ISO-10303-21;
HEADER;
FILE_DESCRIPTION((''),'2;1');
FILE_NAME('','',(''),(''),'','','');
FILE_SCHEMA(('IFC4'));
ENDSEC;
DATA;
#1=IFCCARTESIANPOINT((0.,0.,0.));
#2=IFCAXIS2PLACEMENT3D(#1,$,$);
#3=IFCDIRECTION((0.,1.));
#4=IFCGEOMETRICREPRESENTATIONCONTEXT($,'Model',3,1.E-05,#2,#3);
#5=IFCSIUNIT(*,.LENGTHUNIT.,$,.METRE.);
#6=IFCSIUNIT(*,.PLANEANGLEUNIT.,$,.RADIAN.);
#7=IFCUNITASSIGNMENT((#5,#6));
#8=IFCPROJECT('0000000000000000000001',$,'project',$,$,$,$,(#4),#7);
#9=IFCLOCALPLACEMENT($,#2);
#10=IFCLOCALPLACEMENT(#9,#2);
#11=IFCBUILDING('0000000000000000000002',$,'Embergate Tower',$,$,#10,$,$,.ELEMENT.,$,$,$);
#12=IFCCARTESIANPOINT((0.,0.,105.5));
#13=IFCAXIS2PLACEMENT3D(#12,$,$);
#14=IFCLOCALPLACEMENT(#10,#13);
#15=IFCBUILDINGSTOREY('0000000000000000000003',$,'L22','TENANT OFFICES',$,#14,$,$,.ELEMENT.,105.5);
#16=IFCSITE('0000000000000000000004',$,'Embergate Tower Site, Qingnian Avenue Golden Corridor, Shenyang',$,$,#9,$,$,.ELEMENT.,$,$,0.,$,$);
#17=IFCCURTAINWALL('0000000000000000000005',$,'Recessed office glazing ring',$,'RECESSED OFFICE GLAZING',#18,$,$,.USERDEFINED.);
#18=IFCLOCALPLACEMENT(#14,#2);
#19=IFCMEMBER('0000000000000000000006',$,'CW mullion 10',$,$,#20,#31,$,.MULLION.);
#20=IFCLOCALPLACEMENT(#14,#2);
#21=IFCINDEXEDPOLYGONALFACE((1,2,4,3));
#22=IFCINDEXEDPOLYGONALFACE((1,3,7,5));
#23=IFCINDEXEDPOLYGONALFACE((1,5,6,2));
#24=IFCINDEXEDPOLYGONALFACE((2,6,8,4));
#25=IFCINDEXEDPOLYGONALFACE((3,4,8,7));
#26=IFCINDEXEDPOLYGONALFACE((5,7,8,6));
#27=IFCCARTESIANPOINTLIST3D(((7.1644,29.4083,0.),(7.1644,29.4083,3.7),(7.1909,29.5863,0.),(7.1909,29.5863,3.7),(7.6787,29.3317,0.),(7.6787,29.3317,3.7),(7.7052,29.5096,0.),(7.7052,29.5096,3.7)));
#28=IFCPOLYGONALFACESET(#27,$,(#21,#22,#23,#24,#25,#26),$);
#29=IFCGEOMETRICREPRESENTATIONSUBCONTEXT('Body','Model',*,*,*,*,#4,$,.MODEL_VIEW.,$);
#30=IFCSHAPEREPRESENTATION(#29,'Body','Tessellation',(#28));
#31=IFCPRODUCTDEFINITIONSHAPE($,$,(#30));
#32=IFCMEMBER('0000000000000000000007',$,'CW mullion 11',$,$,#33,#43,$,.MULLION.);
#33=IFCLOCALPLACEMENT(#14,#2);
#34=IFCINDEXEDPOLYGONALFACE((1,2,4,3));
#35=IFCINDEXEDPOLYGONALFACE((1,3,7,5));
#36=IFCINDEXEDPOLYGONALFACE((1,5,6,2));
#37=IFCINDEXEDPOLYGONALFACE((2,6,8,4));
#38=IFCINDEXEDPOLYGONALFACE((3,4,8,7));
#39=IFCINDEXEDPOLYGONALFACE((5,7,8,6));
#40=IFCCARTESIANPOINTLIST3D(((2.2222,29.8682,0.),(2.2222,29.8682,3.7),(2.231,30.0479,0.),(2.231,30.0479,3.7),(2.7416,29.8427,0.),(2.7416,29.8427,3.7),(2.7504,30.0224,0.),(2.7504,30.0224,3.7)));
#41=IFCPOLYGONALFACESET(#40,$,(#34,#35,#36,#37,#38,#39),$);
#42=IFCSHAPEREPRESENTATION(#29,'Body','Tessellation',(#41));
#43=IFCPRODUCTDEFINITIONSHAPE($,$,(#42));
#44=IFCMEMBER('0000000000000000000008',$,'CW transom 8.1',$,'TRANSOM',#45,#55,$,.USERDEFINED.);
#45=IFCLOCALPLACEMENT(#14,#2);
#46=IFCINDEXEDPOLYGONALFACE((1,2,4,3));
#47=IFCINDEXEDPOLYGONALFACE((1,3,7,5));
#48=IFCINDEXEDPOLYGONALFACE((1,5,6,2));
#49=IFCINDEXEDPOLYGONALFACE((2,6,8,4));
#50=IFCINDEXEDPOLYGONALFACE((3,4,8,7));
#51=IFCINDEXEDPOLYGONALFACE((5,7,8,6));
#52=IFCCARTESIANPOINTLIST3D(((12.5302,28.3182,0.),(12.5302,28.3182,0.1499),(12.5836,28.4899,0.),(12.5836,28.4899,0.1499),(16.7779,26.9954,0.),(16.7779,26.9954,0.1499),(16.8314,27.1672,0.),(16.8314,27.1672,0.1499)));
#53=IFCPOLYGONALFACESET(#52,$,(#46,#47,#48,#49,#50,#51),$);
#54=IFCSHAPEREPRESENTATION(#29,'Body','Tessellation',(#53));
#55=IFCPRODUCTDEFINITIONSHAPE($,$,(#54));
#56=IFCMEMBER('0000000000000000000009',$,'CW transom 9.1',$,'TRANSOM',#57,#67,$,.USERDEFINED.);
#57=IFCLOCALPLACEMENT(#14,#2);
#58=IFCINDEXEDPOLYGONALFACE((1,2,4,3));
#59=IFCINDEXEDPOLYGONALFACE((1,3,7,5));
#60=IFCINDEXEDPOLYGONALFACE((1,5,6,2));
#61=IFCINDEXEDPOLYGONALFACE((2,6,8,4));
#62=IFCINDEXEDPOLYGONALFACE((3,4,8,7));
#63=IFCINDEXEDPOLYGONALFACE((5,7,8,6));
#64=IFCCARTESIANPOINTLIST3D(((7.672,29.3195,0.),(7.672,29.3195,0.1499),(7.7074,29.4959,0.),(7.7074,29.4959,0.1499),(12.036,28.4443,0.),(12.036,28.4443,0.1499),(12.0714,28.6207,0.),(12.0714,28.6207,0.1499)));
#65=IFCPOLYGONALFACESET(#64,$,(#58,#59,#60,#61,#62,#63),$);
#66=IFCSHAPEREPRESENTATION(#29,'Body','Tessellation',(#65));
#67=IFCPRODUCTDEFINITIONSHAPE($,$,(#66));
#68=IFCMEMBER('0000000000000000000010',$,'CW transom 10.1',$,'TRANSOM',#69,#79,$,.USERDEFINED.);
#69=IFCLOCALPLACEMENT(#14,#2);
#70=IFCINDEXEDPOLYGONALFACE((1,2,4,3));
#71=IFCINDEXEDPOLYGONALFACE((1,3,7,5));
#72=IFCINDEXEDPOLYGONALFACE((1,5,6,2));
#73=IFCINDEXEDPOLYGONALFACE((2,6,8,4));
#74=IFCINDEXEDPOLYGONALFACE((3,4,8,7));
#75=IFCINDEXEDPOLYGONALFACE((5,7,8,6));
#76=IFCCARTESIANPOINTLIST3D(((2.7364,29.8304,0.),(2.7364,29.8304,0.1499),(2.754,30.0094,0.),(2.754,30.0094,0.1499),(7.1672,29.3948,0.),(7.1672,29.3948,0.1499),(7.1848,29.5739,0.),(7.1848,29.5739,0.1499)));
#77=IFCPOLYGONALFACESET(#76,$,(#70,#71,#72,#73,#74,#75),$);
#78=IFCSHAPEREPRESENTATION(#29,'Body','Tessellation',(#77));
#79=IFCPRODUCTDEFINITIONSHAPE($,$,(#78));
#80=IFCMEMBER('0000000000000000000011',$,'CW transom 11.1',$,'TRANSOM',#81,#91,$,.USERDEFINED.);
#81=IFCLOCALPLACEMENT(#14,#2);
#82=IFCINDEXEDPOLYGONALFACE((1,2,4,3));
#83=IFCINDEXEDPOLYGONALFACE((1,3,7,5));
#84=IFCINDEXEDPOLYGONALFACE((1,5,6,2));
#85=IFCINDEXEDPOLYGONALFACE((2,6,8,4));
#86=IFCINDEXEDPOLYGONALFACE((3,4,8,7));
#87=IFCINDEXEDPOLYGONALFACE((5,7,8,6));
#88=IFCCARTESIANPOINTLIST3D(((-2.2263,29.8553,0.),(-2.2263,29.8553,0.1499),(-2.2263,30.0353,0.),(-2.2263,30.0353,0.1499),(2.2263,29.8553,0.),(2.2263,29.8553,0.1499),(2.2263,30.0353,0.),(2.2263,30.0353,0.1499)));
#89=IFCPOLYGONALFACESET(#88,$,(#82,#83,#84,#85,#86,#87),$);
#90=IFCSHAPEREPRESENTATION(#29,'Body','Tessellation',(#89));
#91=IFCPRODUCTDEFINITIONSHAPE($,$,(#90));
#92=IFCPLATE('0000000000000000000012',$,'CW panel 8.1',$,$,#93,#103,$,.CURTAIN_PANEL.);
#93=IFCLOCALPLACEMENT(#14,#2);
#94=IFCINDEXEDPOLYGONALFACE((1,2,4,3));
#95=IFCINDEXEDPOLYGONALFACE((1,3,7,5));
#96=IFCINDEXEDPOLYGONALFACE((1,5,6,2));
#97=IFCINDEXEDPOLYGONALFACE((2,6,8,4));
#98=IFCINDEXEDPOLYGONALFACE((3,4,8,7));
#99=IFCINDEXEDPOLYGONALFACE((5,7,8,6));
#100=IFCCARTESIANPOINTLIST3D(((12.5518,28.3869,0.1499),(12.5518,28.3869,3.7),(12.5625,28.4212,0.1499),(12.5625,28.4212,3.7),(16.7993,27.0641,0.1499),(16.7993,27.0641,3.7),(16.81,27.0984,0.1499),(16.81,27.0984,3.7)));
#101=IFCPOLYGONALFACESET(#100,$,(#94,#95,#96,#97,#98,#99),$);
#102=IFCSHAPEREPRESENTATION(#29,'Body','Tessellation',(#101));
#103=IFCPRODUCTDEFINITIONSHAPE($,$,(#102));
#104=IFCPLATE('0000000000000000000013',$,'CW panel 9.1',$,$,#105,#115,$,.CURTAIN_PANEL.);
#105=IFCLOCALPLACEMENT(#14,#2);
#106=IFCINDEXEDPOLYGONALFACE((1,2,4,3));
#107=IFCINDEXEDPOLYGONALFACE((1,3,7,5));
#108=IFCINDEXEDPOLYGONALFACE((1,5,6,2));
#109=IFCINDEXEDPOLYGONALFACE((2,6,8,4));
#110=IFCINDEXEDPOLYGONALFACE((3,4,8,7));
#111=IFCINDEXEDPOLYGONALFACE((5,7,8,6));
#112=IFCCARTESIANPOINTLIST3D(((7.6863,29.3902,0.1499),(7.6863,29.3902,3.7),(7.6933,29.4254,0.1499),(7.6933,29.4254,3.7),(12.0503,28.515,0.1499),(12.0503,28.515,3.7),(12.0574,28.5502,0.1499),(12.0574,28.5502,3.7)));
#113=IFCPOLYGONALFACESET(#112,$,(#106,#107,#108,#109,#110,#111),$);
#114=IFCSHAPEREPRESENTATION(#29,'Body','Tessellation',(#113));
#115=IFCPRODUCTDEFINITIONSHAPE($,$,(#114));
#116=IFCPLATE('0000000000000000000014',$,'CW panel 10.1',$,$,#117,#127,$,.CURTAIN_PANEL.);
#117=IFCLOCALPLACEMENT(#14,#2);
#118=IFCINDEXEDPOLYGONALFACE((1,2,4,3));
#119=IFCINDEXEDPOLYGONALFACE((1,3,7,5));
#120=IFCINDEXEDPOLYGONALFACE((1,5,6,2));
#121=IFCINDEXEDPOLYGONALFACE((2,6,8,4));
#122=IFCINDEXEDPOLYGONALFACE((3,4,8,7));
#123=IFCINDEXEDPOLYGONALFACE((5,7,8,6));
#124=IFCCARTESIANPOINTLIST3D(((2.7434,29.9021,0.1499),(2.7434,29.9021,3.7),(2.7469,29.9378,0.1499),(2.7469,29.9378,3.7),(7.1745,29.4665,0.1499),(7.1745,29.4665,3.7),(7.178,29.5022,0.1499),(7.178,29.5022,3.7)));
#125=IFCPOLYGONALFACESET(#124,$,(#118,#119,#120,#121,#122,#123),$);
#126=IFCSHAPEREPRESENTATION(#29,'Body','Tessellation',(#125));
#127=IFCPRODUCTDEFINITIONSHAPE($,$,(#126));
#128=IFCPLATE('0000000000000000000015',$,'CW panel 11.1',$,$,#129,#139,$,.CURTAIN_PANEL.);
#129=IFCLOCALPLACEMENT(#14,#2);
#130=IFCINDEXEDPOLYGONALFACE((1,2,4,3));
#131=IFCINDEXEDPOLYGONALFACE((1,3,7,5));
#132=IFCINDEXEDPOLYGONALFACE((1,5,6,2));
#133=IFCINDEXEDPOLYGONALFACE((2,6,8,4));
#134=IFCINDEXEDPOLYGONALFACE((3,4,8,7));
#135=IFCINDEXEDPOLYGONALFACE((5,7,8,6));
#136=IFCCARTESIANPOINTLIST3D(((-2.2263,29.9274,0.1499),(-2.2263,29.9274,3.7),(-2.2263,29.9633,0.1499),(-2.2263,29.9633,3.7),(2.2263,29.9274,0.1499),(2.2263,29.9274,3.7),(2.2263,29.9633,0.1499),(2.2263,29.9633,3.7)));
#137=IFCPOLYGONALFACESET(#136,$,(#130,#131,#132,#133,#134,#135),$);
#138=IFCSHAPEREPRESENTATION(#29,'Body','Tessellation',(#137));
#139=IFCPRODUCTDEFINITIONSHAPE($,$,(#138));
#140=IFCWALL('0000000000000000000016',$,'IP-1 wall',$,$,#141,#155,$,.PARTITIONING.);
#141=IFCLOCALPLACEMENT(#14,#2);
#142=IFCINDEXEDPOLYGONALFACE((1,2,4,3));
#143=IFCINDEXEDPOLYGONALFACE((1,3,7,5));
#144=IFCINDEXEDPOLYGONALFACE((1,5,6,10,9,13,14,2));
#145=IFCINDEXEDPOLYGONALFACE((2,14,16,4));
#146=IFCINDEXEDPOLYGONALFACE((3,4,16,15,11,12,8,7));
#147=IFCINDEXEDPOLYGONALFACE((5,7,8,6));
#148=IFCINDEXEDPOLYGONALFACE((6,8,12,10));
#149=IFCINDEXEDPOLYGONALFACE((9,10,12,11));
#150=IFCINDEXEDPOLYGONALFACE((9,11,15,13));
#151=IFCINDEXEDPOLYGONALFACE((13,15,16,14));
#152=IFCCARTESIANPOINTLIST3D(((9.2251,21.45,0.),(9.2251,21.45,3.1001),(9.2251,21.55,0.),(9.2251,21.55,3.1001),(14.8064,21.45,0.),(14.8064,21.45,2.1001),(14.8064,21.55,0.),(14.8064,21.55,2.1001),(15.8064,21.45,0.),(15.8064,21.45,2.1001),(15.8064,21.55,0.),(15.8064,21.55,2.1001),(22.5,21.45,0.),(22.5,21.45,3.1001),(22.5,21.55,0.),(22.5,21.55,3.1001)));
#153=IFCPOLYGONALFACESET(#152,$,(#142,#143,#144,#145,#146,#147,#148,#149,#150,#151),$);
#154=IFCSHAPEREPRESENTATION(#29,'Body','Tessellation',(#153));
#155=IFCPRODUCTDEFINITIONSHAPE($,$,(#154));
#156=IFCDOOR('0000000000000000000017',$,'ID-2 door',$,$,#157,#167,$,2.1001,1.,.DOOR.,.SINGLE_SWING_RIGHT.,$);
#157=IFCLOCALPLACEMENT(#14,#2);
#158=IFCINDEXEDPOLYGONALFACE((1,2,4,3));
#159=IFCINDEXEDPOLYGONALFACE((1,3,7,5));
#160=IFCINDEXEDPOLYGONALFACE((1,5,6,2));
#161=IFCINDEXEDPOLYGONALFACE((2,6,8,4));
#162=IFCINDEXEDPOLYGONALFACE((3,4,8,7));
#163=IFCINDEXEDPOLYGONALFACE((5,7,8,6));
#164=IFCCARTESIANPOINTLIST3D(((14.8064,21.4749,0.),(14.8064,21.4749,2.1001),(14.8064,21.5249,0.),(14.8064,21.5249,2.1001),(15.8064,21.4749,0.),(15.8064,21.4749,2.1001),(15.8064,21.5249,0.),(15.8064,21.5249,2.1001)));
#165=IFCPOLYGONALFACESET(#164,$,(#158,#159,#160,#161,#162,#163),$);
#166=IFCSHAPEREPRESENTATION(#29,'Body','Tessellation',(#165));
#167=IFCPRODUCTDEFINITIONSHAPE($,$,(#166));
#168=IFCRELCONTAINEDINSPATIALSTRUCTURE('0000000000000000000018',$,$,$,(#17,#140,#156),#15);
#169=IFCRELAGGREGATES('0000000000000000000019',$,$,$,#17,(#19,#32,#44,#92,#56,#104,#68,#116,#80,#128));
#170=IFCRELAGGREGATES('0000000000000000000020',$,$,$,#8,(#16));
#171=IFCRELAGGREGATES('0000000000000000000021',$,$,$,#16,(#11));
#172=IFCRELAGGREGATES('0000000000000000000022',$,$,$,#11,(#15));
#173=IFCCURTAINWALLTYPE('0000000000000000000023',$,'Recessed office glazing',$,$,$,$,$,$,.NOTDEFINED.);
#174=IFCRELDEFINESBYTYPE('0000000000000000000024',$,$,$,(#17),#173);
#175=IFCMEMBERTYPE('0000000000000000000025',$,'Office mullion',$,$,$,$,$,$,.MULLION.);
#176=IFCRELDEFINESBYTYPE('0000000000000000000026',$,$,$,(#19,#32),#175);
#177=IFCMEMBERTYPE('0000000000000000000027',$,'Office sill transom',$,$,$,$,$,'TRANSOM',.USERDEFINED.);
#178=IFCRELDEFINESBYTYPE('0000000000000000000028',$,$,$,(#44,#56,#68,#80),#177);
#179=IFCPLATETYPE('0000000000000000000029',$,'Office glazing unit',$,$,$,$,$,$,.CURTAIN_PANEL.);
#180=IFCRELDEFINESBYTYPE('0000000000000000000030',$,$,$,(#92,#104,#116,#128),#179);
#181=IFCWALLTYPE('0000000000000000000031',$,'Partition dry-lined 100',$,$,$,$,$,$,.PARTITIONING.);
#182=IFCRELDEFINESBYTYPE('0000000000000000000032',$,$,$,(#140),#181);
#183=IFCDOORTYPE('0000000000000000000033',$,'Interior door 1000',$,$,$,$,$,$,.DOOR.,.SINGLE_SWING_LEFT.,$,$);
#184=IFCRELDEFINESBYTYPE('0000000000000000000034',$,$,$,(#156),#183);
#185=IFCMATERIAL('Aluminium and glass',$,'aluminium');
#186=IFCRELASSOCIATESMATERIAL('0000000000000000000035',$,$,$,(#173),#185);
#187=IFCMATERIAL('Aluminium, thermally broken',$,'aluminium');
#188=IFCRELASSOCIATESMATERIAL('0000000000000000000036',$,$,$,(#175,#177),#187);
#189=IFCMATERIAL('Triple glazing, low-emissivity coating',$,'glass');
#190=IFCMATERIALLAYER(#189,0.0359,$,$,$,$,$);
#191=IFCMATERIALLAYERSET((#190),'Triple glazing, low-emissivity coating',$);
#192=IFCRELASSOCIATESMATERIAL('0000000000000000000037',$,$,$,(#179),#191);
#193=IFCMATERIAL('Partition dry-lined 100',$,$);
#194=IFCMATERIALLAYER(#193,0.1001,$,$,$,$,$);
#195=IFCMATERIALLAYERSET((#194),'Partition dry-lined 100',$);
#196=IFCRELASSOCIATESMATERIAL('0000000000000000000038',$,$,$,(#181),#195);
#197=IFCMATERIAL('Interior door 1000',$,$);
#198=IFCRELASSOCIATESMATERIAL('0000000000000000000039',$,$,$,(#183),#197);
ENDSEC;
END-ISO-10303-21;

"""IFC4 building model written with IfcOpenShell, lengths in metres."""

from ifc_helpers import new_model, si_unit, direction, frame, frame_2d, origin, origin_2d, place, context, subcontext, project, spatial, rectangle, extrude, source, transform, mapped, material, layer, layer_set, material_profile, profile_set, type_object, element, fill, aggregate, save


model = new_model("IFC4")

# Units and contexts
model_context = context("Model", 3, precision=1e-05, world=origin(), true_north=direction((0.0, 1.0)))
body_context = subcontext(model_context, "Body", "Model", "MODEL_VIEW")
ifc_project = project(units=[si_unit("LENGTHUNIT", "METRE"), si_unit("PLANEANGLEUNIT", "RADIAN")], contexts=[model_context])

# Site, building, storey
site_placement = place(None, origin())
site = spatial("IfcSite", under=ifc_project, at=site_placement, Name="Embergate Tower Site, Qingnian Avenue Golden Corridor, Shenyang", CompositionType="ELEMENT", RefElevation=0.0)
building_placement = place(site_placement, origin())
building = spatial("IfcBuilding", under=site, at=building_placement, Name="Embergate Tower", CompositionType="ELEMENT")
storey_placement = place(building_placement, frame((0.0, 0.0, 105.5)))
storey = spatial("IfcBuildingStorey", under=building, at=storey_placement, Name="L22", Description="TENANT OFFICES", CompositionType="ELEMENT", Elevation=105.5)

# Curtain wall, members, plates
ifc_material_1 = material(Name="Aluminium and glass", Category="aluminium")
curtain_wall_type = type_object("IfcCurtainWallType", Name="Recessed office glazing", PredefinedType="NOTDEFINED", material=ifc_material_1)
curtain_wall_placement = place(storey_placement, origin())
curtain_wall = element("IfcCurtainWall", 1, at=curtain_wall_placement, inside=storey, type_object=curtain_wall_type, Name="Recessed office glazing ring", ObjectType="RECESSED OFFICE GLAZING", PredefinedType="USERDEFINED")
ifc_material_2 = material(Name="Aluminium, thermally broken", Category="aluminium")
ifc_material_profile_1 = material_profile(ifc_material_2, rectangle(XDim=0.1799, YDim=0.52, at=origin_2d()), Name="AL 520x180")
ifc_profile_set_1 = profile_set([ifc_material_profile_1], Name="Aluminium, thermally broken")
member_type_1 = type_object("IfcMemberType", Name="Office mullion", PredefinedType="MULLION", material=ifc_profile_set_1)
shared_shape_1 = source(origin(), body_context, "Body", "SweptSolid", [
    extrude(rectangle(XDim=0.1799, YDim=0.52, at=origin_2d()), origin(), (0.0, 0.0, 1.0), 3.7),
])
member_1_placement = place(storey_placement, frame((7.4348, 29.459, 0.0), z_axis=(0.0, 0.0, 1.0), x_axis=(-0.147416, -0.989075, 0.0)))
member_1 = element("IfcMember", 2, at=member_1_placement, type_object=member_type_1, Name="CW mullion 10", PredefinedType="MULLION", context=body_context, shape_type="MappedRepresentation", body=[
    mapped(shared_shape_1, transform((0.0, 0.0, 0.0))),
])
member_2_placement = place(storey_placement, frame((2.4863, 29.9453, 0.0), z_axis=(0.0, 0.0, 1.0), x_axis=(-0.048972, -0.9988, 0.0)))
member_2 = element("IfcMember", 3, at=member_2_placement, type_object=member_type_1, Name="CW mullion 11", PredefinedType="MULLION", context=body_context, shape_type="MappedRepresentation", body=[
    mapped(shared_shape_1, transform((0.0, 0.0, 0.0))),
])
ifc_material_profile_2 = material_profile(ifc_material_2, rectangle(XDim=0.1799, YDim=0.1499, at=origin_2d()), Name="AL 150x180")
ifc_profile_set_2 = profile_set([ifc_material_profile_2], Name="Aluminium, thermally broken")
member_type_2 = type_object("IfcMemberType", Name="Office sill transom", ElementType="TRANSOM", PredefinedType="USERDEFINED", material=ifc_profile_set_2)
shared_shape_2 = source(origin(), body_context, "Body", "SweptSolid", [
    extrude(rectangle(XDim=0.1799, YDim=0.1499, at=origin_2d()), origin(), (0.0, 0.0, 1.0), 4.449),
])
member_3_placement = place(storey_placement, frame((16.8047, 27.0813, 0.075), z_axis=(-0.954779, 0.297316, 0.0), x_axis=(-0.297316, -0.954779, 0.0)))
member_3 = element("IfcMember", 4, at=member_3_placement, type_object=member_type_2, Name="CW transom 8.1", ObjectType="TRANSOM", PredefinedType="USERDEFINED", context=body_context, shape_type="MappedRepresentation", body=[
    mapped(shared_shape_2, transform((0.0, 0.0, 0.0))),
])
shared_shape_3 = source(origin(), body_context, "Body", "SweptSolid", [
    extrude(rectangle(XDim=0.1799, YDim=0.1499, at=origin_2d()), origin(), (0.0, 0.0, 1.0), 4.4509),
])
member_4_placement = place(storey_placement, frame((12.0537, 28.5325, 0.075), z_axis=(-0.980475, 0.196644, 0.0), x_axis=(-0.196644, -0.980475, 0.0)))
member_4 = element("IfcMember", 5, at=member_4_placement, type_object=member_type_2, Name="CW transom 9.1", ObjectType="TRANSOM", PredefinedType="USERDEFINED", context=body_context, shape_type="MappedRepresentation", body=[
    mapped(shared_shape_3, transform((0.0, 0.0, 0.0))),
])
shared_shape_4 = source(origin(), body_context, "Body", "SweptSolid", [
    extrude(rectangle(XDim=0.1799, YDim=0.1499, at=origin_2d()), origin(), (0.0, 0.0, 1.0), 4.4521),
])
member_5_placement = place(storey_placement, frame((7.176, 29.4844, 0.075), z_axis=(-0.995204, 0.097826, 0.0), x_axis=(-0.097826, -0.995204, 0.0)))
member_5 = element("IfcMember", 6, at=member_5_placement, type_object=member_type_2, Name="CW transom 10.1", ObjectType="TRANSOM", PredefinedType="USERDEFINED", context=body_context, shape_type="MappedRepresentation", body=[
    mapped(shared_shape_4, transform((0.0, 0.0, 0.0))),
])
shared_shape_5 = source(origin(), body_context, "Body", "SweptSolid", [
    extrude(rectangle(XDim=0.1799, YDim=0.1499, at=origin_2d()), origin(), (0.0, 0.0, 1.0), 4.4526),
])
member_6_placement = place(storey_placement, frame((2.2263, 29.9453, 0.075), z_axis=(-1.0, 0.0, 0.0), x_axis=(0.0, -1.0, 0.0)))
member_6 = element("IfcMember", 7, at=member_6_placement, type_object=member_type_2, Name="CW transom 11.1", ObjectType="TRANSOM", PredefinedType="USERDEFINED", context=body_context, shape_type="MappedRepresentation", body=[
    mapped(shared_shape_5, transform((0.0, 0.0, 0.0))),
])
ifc_material_3 = material(Name="Triple glazing, low-emissivity coating", Category="glass")
ifc_layer_1 = layer(ifc_material_3, 0.0359)
ifc_layer_set_1 = layer_set([ifc_layer_1], Name="Triple glazing, low-emissivity coating")
plate_type = type_object("IfcPlateType", Name="Office glazing unit", PredefinedType="CURTAIN_PANEL", material=ifc_layer_set_1)
shared_shape_6 = source(origin(), body_context, "Body", "SweptSolid", [
    extrude(rectangle(XDim=4.4487, YDim=0.0359, at=origin_2d()), origin(), (0.0, 0.0, 1.0), 3.55),
])
plate_1_placement = place(storey_placement, frame((14.6809, 27.7427, 0.1499), z_axis=(0.0, 0.0, 1.0), x_axis=(-0.95477, 0.297345, 0.0)))
plate_1 = element("IfcPlate", 8, at=plate_1_placement, type_object=plate_type, Name="CW panel 8.1", PredefinedType="CURTAIN_PANEL", context=body_context, shape_type="MappedRepresentation", body=[
    mapped(shared_shape_6, transform((0.0, 0.0, 0.0))),
])
shared_shape_7 = source(origin(), body_context, "Body", "SweptSolid", [
    extrude(rectangle(XDim=4.4509, YDim=0.0359, at=origin_2d()), origin(), (0.0, 0.0, 1.0), 3.55),
])
plate_2_placement = place(storey_placement, frame((9.8718, 28.9702, 0.1499), z_axis=(0.0, 0.0, 1.0), x_axis=(-0.980475, 0.196644, 0.0)))
plate_2 = element("IfcPlate", 9, at=plate_2_placement, type_object=plate_type, Name="CW panel 9.1", PredefinedType="CURTAIN_PANEL", context=body_context, shape_type="MappedRepresentation", body=[
    mapped(shared_shape_7, transform((0.0, 0.0, 0.0))),
])
shared_shape_8 = source(origin(), body_context, "Body", "SweptSolid", [
    extrude(rectangle(XDim=4.4524, YDim=0.0359, at=origin_2d()), origin(), (0.0, 0.0, 1.0), 3.55),
])
plate_3_placement = place(storey_placement, frame((4.9607, 29.7021, 0.1499), z_axis=(0.0, 0.0, 1.0), x_axis=(-0.995203, 0.097831, 0.0)))
plate_3 = element("IfcPlate", 10, at=plate_3_placement, type_object=plate_type, Name="CW panel 10.1", PredefinedType="CURTAIN_PANEL", context=body_context, shape_type="MappedRepresentation", body=[
    mapped(shared_shape_8, transform((0.0, 0.0, 0.0))),
])
shared_shape_9 = source(origin(), body_context, "Body", "SweptSolid", [
    extrude(rectangle(XDim=4.4526, YDim=0.0359, at=origin_2d()), origin(), (0.0, 0.0, 1.0), 3.55),
])
plate_4_placement = place(storey_placement, frame((0.0, 29.9453, 0.1499), z_axis=(0.0, 0.0, 1.0), x_axis=(-1.0, 0.0, 0.0)))
plate_4 = element("IfcPlate", 11, at=plate_4_placement, type_object=plate_type, Name="CW panel 11.1", PredefinedType="CURTAIN_PANEL", context=body_context, shape_type="MappedRepresentation", body=[
    mapped(shared_shape_9, transform((0.0, 0.0, 0.0))),
])
aggregate(curtain_wall, [member_1, member_2, member_3, plate_1, member_4, plate_2, member_5, plate_3, member_6, plate_4])

# Wall, opening, door
ifc_material_4 = material(Name="Partition dry-lined 100")
ifc_layer_2 = layer(ifc_material_4, 0.1001)
ifc_layer_set_2 = layer_set([ifc_layer_2], Name="Partition dry-lined 100")
wall_type = type_object("IfcWallType", Name="Partition dry-lined 100", PredefinedType="PARTITIONING", material=ifc_layer_set_2)
shared_shape_10 = source(origin(), body_context, "Body", "SweptSolid", [
    extrude(rectangle(XDim=13.2749, YDim=0.1001, at=frame_2d((6.6375, 0.0))), origin(), (0.0, 0.0, 1.0), 3.1001),
])
wall_placement = place(storey_placement, frame((9.2251, 21.5, 0.0), z_axis=(0.0, 0.0, 1.0), x_axis=(1.0, 0.0, 0.0)))
wall = element("IfcWall", 12, at=wall_placement, inside=storey, type_object=wall_type, Name="IP-1 wall", PredefinedType="PARTITIONING", context=body_context, shape_type="MappedRepresentation", body=[
    mapped(shared_shape_10, transform((0.0, 0.0, 0.0))),
])
shared_shape_11 = source(origin(), body_context, "Body", "SweptSolid", [
    extrude(rectangle(XDim=1.0, YDim=2.1001, at=frame_2d((0.5, 1.05))), frame((0.0, 0.0601, 0.0), z_axis=(0.0, -1.0, 0.0), x_axis=(1.0, 0.0, 0.0)), (0.0, 0.0, 1.0), 0.1201),
])
opening_placement = place(wall_placement, frame((5.5813, 0.0, 0.0)))
opening = element("IfcOpeningElement", 13, at=opening_placement, cuts=wall, PredefinedType="OPENING", context=body_context, shape_type="MappedRepresentation", body=[
    mapped(shared_shape_11, transform((0.0, 0.0, 0.0))),
])
ifc_material_5 = material(Name="Interior door 1000")
door_type = type_object("IfcDoorType", Name="Interior door 1000", OperationType="SINGLE_SWING_LEFT", PredefinedType="DOOR", material=ifc_material_5)
shared_shape_12 = source(origin(), body_context, "Body", "SweptSolid", [
    extrude(rectangle(XDim=1.0, YDim=2.1001, at=frame_2d((0.5, 1.05))), frame((0.0, 0.0249, 0.0), z_axis=(0.0, -1.0, 0.0), x_axis=(1.0, 0.0, 0.0)), (0.0, 0.0, 1.0), 0.05),
])
door_placement = place(opening_placement, origin())
door = element("IfcDoor", 14, at=door_placement, inside=storey, type_object=door_type, Name="ID-2 door", OperationType="SINGLE_SWING_RIGHT", OverallHeight=2.1001, OverallWidth=1.0, PredefinedType="DOOR", context=body_context, shape_type="MappedRepresentation", body=[
    mapped(shared_shape_12, transform((0.0, 0.0, 0.0))),
])
fill(opening, door)

save(model, "model.ifc")
